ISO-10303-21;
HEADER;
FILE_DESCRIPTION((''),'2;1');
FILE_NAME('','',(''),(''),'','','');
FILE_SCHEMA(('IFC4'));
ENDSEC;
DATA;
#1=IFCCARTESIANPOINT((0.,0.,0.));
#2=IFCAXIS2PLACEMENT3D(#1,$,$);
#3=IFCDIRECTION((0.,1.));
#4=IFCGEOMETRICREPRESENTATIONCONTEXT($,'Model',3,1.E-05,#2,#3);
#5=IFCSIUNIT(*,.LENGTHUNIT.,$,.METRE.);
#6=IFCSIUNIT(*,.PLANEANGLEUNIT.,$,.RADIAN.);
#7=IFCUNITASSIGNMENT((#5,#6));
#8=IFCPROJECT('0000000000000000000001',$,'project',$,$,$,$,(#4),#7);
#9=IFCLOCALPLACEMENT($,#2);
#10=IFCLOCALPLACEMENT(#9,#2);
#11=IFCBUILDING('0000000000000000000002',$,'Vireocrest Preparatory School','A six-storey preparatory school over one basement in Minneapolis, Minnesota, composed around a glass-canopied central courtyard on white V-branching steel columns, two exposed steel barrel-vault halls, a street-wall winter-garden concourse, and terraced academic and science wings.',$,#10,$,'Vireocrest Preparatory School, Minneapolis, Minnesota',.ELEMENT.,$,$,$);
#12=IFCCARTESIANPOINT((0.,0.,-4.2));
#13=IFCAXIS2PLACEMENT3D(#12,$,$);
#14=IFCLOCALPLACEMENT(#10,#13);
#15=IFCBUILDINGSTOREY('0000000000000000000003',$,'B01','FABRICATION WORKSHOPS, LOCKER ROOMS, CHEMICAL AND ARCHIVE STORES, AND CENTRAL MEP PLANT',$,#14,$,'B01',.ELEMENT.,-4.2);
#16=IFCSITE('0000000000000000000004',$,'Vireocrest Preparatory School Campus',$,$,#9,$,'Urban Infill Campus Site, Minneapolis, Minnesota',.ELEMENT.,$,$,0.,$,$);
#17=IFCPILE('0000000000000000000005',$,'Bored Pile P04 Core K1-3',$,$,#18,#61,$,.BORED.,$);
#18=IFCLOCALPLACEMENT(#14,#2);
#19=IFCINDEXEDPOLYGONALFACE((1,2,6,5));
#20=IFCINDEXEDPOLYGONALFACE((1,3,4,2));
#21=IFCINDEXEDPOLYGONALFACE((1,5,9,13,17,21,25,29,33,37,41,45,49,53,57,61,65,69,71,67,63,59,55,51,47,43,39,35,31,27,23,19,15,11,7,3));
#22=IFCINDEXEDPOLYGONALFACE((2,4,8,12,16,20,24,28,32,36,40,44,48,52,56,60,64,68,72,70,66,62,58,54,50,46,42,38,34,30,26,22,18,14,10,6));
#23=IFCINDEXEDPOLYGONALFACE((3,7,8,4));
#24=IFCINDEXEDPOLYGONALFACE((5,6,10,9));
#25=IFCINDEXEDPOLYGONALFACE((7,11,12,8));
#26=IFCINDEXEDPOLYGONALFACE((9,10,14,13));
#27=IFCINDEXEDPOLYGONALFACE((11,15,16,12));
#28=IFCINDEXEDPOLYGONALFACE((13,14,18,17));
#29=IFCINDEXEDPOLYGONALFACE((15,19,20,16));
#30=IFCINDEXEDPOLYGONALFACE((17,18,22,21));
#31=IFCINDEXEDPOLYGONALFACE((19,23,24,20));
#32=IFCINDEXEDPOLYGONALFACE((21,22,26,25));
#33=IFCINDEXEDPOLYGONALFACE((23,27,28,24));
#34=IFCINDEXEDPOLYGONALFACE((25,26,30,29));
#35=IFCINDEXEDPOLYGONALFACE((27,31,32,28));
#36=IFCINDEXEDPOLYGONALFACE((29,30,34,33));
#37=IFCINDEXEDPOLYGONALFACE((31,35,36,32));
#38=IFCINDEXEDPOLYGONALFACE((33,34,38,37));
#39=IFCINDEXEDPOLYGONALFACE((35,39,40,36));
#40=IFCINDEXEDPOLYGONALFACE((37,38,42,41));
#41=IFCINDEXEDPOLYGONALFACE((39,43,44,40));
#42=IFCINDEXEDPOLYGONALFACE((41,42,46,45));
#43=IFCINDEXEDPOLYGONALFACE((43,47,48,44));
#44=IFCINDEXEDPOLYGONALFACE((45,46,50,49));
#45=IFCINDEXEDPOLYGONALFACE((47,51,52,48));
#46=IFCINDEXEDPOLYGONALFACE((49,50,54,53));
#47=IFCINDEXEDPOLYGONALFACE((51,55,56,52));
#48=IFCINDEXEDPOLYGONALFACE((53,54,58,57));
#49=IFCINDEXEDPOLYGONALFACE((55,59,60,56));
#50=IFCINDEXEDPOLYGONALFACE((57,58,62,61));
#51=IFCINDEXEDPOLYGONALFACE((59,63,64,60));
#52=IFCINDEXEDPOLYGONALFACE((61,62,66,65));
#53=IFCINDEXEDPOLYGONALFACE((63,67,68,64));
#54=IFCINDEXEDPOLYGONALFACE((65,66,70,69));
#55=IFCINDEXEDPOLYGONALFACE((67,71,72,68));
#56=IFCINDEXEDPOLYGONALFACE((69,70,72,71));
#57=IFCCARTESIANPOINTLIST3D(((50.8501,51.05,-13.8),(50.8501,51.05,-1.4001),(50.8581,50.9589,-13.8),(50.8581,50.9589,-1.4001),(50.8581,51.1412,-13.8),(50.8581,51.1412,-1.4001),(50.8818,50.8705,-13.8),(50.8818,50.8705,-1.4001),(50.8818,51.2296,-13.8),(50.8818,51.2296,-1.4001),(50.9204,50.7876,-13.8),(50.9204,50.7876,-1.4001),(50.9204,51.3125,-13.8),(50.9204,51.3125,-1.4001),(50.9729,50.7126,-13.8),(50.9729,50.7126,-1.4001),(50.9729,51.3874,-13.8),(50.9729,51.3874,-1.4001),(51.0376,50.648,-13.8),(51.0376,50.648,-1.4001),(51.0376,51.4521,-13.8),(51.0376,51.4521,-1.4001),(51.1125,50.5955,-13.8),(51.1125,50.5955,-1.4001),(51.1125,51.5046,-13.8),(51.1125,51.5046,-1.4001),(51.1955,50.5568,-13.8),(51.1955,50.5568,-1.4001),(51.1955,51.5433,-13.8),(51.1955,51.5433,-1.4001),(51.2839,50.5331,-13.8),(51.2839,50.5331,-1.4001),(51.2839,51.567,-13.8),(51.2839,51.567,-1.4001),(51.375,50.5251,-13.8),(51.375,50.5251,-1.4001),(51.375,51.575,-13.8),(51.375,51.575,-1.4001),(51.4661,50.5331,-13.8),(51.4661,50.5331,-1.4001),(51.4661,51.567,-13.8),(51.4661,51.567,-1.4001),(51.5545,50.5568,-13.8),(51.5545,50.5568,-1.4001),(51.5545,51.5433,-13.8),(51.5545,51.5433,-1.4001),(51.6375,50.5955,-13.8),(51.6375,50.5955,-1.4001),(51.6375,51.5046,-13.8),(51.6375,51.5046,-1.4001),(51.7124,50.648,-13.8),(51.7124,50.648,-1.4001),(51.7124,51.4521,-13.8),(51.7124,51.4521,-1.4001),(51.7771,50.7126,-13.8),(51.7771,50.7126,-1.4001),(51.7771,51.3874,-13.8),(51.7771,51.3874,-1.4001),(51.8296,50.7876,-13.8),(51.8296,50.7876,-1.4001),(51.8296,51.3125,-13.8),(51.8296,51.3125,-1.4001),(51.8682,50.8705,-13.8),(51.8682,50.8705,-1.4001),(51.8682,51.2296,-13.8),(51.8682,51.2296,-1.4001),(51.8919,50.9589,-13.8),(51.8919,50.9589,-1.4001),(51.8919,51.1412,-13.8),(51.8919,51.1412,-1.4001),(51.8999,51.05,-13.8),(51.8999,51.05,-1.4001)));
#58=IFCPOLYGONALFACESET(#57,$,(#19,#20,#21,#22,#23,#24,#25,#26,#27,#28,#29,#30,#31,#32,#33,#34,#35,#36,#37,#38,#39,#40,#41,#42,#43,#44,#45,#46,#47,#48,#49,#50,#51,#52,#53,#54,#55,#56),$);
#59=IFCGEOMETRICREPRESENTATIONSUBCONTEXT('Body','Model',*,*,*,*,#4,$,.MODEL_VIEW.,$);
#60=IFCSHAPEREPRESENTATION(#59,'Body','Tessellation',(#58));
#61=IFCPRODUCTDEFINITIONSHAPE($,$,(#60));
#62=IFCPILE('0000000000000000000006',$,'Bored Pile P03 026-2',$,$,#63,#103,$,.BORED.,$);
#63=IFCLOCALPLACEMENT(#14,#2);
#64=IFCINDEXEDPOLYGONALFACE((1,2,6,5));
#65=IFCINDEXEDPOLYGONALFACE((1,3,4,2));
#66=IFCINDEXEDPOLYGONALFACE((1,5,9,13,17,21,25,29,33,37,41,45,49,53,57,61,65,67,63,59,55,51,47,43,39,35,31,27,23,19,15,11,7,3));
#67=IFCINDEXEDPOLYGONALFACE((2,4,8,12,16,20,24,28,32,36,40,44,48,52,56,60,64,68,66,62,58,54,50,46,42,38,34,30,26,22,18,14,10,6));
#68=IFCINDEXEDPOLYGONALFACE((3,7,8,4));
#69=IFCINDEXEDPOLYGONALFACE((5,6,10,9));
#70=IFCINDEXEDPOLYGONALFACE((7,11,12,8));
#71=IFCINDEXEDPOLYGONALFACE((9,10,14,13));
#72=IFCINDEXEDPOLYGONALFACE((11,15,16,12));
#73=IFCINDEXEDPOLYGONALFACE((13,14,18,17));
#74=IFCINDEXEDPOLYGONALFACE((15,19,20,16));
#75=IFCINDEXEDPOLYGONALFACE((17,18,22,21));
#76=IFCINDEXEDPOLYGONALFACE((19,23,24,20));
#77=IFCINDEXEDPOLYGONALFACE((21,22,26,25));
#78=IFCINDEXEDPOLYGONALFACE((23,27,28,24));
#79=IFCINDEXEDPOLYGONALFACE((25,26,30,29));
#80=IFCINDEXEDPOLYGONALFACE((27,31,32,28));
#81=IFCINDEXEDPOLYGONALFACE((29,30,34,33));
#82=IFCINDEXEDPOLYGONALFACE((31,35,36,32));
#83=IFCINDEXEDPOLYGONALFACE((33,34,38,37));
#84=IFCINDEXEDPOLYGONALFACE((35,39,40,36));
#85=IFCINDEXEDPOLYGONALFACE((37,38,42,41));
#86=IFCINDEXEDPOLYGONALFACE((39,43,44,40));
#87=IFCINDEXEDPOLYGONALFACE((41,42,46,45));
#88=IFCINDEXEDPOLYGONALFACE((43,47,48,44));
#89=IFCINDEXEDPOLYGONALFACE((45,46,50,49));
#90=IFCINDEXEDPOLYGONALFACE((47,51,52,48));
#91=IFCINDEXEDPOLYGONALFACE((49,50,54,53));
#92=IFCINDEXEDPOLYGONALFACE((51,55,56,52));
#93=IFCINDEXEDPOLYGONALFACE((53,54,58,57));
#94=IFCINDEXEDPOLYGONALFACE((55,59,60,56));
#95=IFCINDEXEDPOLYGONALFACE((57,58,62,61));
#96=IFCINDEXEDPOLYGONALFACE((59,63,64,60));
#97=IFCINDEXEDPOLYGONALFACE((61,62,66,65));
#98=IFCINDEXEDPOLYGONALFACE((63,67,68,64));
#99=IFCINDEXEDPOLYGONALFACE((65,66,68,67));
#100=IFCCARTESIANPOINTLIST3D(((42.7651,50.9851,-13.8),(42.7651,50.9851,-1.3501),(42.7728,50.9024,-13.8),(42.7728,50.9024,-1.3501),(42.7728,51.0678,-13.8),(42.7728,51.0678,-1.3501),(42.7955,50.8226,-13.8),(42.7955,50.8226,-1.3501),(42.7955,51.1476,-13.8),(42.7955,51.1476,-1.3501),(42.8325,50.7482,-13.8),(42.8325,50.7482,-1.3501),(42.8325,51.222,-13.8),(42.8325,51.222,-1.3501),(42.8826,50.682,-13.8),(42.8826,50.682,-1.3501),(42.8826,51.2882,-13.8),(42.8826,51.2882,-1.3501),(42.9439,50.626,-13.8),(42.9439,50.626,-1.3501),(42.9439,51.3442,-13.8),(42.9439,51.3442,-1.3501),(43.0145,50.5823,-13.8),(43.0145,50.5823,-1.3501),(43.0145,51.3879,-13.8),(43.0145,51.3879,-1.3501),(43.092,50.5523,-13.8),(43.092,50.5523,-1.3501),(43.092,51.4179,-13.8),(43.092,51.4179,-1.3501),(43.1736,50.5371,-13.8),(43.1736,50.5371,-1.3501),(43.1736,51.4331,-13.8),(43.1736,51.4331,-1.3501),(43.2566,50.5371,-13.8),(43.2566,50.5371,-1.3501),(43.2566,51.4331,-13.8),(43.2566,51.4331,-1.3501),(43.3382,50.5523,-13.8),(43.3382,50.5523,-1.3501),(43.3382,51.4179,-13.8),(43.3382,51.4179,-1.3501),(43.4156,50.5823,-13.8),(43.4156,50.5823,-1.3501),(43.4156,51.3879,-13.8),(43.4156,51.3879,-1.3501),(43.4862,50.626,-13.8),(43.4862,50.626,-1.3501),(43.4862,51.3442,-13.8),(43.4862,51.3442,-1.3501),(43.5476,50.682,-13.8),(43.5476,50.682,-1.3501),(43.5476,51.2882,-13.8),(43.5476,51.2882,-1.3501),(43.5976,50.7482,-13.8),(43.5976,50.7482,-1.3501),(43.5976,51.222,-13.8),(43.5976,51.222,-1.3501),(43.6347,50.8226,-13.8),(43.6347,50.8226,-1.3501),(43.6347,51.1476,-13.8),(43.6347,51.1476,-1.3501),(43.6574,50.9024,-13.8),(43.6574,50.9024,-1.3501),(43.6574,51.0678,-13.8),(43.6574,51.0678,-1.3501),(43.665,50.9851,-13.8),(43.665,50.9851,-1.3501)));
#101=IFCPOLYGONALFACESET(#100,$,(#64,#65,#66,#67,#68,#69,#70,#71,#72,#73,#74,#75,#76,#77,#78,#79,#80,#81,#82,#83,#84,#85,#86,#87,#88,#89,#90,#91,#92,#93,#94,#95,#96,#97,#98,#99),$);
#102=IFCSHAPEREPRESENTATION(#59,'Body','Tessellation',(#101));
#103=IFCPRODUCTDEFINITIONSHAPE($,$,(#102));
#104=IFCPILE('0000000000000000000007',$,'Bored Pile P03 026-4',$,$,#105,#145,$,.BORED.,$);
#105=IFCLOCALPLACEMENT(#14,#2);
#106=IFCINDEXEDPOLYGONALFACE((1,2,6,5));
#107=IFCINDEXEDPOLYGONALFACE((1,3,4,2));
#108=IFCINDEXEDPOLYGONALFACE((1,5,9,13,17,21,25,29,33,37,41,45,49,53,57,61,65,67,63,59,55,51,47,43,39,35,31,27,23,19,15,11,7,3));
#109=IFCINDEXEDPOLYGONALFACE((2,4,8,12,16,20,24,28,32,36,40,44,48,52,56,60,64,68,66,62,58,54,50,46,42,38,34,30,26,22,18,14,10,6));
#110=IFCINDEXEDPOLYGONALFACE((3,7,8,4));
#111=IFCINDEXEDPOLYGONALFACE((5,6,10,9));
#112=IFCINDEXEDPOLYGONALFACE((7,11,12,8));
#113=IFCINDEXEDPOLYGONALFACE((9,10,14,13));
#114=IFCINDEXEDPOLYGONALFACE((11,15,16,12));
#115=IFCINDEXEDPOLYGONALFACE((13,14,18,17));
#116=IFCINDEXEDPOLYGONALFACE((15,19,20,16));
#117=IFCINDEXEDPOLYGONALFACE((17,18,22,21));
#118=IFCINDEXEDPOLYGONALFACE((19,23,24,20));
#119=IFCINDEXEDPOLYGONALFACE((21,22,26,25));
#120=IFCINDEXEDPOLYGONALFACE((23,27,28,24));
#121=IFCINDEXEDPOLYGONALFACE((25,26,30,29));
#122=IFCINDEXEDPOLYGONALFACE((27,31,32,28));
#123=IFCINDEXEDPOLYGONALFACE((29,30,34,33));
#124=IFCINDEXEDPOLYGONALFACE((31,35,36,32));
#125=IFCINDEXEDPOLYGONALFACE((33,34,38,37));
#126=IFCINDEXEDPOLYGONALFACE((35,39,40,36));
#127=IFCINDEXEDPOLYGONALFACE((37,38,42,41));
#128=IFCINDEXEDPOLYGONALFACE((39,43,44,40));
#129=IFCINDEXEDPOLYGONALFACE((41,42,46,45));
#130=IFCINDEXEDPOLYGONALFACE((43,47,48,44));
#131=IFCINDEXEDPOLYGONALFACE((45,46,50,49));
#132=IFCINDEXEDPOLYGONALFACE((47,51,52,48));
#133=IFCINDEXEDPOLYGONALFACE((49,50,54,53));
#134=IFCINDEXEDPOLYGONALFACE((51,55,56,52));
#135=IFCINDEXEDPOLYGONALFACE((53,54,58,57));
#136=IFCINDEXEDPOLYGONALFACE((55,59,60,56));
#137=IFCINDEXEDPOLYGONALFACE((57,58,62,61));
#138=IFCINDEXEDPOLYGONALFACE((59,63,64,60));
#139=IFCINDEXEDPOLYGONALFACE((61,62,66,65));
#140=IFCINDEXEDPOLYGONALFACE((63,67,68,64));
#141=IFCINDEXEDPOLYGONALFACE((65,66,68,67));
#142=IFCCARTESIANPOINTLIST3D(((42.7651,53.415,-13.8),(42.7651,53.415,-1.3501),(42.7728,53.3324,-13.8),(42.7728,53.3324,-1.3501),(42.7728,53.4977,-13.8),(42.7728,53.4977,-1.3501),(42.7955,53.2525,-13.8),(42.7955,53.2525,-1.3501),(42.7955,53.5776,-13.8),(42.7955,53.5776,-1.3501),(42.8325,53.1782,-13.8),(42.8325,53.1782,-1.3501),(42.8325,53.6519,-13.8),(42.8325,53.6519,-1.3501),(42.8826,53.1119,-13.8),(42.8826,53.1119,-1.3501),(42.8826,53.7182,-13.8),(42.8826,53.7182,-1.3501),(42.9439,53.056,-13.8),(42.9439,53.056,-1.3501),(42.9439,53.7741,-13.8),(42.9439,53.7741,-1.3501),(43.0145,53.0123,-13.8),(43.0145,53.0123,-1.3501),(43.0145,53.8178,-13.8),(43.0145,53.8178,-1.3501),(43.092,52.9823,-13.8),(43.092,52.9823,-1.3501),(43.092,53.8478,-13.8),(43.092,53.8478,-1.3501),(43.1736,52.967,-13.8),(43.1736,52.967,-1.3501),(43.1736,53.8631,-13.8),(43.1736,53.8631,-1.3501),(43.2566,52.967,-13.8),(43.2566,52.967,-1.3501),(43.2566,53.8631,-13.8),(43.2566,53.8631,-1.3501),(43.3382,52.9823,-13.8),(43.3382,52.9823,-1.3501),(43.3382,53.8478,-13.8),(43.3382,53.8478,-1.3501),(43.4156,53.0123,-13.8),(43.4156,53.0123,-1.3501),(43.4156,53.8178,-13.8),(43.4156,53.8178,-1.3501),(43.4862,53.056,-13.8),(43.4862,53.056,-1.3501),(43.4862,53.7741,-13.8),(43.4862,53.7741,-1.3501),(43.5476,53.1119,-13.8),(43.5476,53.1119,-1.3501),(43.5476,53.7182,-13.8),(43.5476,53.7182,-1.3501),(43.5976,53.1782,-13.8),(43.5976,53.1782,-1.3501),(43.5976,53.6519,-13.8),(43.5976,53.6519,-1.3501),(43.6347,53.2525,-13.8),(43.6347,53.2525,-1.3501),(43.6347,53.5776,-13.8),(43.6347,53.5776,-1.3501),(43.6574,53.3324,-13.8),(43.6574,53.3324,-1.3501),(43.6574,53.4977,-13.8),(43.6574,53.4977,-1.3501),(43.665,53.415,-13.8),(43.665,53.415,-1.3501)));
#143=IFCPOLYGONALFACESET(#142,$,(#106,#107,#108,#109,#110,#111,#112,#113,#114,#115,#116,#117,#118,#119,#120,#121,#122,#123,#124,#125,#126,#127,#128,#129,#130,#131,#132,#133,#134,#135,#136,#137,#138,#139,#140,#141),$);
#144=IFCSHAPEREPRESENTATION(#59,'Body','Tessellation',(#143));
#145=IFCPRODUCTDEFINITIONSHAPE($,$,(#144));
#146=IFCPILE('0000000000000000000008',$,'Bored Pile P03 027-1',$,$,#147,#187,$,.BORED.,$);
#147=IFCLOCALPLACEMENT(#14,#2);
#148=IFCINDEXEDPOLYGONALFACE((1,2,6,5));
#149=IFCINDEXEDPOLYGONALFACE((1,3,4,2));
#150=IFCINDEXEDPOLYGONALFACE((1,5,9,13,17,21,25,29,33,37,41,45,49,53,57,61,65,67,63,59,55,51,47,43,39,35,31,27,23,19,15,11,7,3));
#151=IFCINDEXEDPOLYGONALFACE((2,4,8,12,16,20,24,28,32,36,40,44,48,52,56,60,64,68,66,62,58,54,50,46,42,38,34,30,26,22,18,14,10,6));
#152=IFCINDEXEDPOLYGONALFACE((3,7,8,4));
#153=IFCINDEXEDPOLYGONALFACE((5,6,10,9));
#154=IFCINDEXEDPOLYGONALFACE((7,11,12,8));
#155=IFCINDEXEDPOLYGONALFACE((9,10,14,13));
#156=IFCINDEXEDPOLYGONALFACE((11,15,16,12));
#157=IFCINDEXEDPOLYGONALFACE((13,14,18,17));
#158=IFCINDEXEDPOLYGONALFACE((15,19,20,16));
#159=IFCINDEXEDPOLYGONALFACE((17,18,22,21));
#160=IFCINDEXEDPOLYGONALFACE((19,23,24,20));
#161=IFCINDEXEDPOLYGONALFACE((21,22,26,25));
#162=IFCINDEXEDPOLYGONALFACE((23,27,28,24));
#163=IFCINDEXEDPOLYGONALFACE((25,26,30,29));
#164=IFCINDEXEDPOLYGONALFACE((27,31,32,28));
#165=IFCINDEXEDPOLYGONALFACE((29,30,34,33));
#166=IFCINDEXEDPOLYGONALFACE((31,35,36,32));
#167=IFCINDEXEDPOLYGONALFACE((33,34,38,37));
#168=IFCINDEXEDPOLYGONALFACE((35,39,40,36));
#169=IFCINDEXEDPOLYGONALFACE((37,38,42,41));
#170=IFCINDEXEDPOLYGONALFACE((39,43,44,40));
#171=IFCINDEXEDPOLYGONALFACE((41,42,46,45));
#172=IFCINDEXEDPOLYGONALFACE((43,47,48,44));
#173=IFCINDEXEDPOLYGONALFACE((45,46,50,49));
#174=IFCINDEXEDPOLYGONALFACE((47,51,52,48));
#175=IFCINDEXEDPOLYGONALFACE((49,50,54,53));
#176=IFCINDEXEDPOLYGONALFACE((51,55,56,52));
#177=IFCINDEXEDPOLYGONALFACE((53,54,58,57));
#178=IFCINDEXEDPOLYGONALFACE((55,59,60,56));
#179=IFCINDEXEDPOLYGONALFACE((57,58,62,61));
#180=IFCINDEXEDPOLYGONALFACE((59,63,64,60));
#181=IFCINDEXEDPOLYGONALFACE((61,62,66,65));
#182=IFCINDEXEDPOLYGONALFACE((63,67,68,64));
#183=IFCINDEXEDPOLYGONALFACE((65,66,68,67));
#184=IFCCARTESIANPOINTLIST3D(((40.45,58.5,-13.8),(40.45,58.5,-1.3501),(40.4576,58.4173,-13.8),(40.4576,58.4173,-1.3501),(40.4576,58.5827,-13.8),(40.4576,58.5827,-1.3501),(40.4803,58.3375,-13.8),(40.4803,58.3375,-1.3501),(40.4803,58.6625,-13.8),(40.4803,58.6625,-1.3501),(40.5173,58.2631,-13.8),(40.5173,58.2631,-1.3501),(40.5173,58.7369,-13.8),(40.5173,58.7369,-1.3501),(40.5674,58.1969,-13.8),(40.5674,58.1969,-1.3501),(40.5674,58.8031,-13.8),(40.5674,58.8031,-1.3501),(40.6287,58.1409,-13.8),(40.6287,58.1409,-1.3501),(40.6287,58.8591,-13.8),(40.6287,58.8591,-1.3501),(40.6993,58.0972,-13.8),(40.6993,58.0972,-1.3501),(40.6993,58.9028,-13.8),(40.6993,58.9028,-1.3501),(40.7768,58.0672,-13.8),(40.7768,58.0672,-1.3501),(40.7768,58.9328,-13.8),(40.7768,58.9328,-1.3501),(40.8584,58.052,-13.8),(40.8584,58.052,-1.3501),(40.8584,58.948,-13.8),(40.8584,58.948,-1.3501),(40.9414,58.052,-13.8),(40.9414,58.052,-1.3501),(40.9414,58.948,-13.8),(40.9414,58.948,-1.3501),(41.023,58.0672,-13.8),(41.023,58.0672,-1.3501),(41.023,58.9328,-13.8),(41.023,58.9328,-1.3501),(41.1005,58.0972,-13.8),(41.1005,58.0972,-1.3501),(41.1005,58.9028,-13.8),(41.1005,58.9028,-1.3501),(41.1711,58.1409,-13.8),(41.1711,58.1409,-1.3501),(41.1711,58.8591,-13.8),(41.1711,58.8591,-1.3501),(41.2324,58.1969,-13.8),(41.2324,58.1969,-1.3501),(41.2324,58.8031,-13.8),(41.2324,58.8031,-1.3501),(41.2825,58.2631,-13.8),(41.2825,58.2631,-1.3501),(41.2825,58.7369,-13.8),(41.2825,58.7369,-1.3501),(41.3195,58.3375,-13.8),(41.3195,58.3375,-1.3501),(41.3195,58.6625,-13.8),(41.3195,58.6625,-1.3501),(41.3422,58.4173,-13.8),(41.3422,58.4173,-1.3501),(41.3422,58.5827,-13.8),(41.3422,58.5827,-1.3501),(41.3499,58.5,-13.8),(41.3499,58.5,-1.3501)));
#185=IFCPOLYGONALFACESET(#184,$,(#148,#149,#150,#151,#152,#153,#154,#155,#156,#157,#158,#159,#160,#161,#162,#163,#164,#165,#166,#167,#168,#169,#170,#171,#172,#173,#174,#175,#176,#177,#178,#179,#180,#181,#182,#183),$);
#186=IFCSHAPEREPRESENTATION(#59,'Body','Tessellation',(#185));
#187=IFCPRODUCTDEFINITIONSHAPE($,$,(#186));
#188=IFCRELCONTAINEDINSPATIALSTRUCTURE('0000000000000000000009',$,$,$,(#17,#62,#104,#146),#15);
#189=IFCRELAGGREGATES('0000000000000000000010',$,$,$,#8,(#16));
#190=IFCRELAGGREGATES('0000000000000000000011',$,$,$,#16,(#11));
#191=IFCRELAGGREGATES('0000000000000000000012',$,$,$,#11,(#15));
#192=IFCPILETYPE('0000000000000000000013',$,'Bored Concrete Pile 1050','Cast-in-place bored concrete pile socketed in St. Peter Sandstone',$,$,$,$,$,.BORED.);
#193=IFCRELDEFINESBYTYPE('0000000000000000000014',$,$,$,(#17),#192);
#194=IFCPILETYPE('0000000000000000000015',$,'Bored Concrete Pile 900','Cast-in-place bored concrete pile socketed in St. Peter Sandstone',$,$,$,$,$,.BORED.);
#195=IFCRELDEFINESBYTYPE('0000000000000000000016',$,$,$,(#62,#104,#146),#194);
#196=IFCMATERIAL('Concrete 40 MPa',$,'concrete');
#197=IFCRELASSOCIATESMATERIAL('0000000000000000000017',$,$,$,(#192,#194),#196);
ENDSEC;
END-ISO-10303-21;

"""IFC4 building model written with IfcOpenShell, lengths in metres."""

from ifc_helpers import new_model, si_unit, direction, frame, origin, origin_2d, place, context, subcontext, project, spatial, circle, extrude, material, material_profile, profile_set, type_object, element, save


model = new_model("IFC4")

# Units and contexts
model_context = context("Model", 3, precision=1e-05, world=origin(), true_north=direction((0.0, 1.0)))
body_context = subcontext(model_context, "Body", "Model", "MODEL_VIEW")
ifc_project = project(units=[si_unit("LENGTHUNIT", "METRE"), si_unit("PLANEANGLEUNIT", "RADIAN")], contexts=[model_context])

# Site, building, storey
site_placement = place(None, origin())
site = spatial("IfcSite", under=ifc_project, at=site_placement, Name="Vireocrest Preparatory School Campus", LongName="Urban Infill Campus Site, Minneapolis, Minnesota", CompositionType="ELEMENT", RefElevation=0.0)
building_placement = place(site_placement, origin())
building = spatial("IfcBuilding", under=site, at=building_placement, Name="Vireocrest Preparatory School", Description="A six-storey preparatory school over one basement in Minneapolis, Minnesota, composed around a glass-canopied central courtyard on white V-branching steel columns, two exposed steel barrel-vault halls, a street-wall winter-garden concourse, and terraced academic and science wings.", LongName="Vireocrest Preparatory School, Minneapolis, Minnesota", CompositionType="ELEMENT")
storey_placement = place(building_placement, frame((0.0, 0.0, -4.2)))
storey = spatial("IfcBuildingStorey", under=building, at=storey_placement, Name="B01", Description="FABRICATION WORKSHOPS, LOCKER ROOMS, CHEMICAL AND ARCHIVE STORES, AND CENTRAL MEP PLANT", LongName="B01", CompositionType="ELEMENT", Elevation=-4.2)

# Piles
ifc_material_1 = material(Name="Concrete 40 MPa", Category="concrete")
ifc_material_profile_1 = material_profile(ifc_material_1, circle(Radius=0.5249, at=origin_2d()), Name="BORED PILE 1050")
ifc_profile_set_1 = profile_set([ifc_material_profile_1], Name="Concrete 40 MPa")
pile_type_1 = type_object("IfcPileType", Name="Bored Concrete Pile 1050", Description="Cast-in-place bored concrete pile socketed in St. Peter Sandstone", PredefinedType="BORED", material=ifc_profile_set_1)
pile_placement = place(storey_placement, frame((51.375, 51.05, -1.4001), z_axis=(0.0, 0.0, -1.0), x_axis=(1.0, 0.0, 0.0)))
element("IfcPile", 1, at=pile_placement, inside=storey, type_object=pile_type_1, Name="Bored Pile P04 Core K1-3", PredefinedType="BORED", context=body_context, shape_type="SweptSolid", body=[
    extrude(circle(Radius=0.5249, at=origin_2d()), origin(), (0.0, 0.0, 1.0), 12.3999),
])
ifc_material_profile_2 = material_profile(ifc_material_1, circle(Radius=0.45, at=origin_2d()), Name="BORED PILE 900")
ifc_profile_set_2 = profile_set([ifc_material_profile_2], Name="Concrete 40 MPa")
pile_type_2 = type_object("IfcPileType", Name="Bored Concrete Pile 900", Description="Cast-in-place bored concrete pile socketed in St. Peter Sandstone", PredefinedType="BORED", material=ifc_profile_set_2)
for number, where, z_axis, x_axis, name in (
    (2, (43.2151, 50.9851, -1.3501), (0.0, 0.0, -1.0), (1.0, 0.0, 0.0), "Bored Pile P03 026-2"),
    (3, (43.2151, 53.415, -1.3501), (0.0, 0.0, -1.0), (1.0, 0.0, 0.0), "Bored Pile P03 026-4"),
    (4, (40.8999, 58.5, -1.3501), (0.0, 0.0, -1.0), (1.0, 0.0, 0.0), "Bored Pile P03 027-1"),
):
    element("IfcPile", number, at=place(storey_placement, frame(where, z_axis=z_axis, x_axis=x_axis)), inside=storey, type_object=pile_type_2, Name=name, PredefinedType="BORED", context=body_context, shape_type="SweptSolid", body=[
        extrude(circle(Radius=0.45, at=origin_2d()), origin(), (0.0, 0.0, 1.0), 12.45),
    ])

save(model, "model.ifc")
